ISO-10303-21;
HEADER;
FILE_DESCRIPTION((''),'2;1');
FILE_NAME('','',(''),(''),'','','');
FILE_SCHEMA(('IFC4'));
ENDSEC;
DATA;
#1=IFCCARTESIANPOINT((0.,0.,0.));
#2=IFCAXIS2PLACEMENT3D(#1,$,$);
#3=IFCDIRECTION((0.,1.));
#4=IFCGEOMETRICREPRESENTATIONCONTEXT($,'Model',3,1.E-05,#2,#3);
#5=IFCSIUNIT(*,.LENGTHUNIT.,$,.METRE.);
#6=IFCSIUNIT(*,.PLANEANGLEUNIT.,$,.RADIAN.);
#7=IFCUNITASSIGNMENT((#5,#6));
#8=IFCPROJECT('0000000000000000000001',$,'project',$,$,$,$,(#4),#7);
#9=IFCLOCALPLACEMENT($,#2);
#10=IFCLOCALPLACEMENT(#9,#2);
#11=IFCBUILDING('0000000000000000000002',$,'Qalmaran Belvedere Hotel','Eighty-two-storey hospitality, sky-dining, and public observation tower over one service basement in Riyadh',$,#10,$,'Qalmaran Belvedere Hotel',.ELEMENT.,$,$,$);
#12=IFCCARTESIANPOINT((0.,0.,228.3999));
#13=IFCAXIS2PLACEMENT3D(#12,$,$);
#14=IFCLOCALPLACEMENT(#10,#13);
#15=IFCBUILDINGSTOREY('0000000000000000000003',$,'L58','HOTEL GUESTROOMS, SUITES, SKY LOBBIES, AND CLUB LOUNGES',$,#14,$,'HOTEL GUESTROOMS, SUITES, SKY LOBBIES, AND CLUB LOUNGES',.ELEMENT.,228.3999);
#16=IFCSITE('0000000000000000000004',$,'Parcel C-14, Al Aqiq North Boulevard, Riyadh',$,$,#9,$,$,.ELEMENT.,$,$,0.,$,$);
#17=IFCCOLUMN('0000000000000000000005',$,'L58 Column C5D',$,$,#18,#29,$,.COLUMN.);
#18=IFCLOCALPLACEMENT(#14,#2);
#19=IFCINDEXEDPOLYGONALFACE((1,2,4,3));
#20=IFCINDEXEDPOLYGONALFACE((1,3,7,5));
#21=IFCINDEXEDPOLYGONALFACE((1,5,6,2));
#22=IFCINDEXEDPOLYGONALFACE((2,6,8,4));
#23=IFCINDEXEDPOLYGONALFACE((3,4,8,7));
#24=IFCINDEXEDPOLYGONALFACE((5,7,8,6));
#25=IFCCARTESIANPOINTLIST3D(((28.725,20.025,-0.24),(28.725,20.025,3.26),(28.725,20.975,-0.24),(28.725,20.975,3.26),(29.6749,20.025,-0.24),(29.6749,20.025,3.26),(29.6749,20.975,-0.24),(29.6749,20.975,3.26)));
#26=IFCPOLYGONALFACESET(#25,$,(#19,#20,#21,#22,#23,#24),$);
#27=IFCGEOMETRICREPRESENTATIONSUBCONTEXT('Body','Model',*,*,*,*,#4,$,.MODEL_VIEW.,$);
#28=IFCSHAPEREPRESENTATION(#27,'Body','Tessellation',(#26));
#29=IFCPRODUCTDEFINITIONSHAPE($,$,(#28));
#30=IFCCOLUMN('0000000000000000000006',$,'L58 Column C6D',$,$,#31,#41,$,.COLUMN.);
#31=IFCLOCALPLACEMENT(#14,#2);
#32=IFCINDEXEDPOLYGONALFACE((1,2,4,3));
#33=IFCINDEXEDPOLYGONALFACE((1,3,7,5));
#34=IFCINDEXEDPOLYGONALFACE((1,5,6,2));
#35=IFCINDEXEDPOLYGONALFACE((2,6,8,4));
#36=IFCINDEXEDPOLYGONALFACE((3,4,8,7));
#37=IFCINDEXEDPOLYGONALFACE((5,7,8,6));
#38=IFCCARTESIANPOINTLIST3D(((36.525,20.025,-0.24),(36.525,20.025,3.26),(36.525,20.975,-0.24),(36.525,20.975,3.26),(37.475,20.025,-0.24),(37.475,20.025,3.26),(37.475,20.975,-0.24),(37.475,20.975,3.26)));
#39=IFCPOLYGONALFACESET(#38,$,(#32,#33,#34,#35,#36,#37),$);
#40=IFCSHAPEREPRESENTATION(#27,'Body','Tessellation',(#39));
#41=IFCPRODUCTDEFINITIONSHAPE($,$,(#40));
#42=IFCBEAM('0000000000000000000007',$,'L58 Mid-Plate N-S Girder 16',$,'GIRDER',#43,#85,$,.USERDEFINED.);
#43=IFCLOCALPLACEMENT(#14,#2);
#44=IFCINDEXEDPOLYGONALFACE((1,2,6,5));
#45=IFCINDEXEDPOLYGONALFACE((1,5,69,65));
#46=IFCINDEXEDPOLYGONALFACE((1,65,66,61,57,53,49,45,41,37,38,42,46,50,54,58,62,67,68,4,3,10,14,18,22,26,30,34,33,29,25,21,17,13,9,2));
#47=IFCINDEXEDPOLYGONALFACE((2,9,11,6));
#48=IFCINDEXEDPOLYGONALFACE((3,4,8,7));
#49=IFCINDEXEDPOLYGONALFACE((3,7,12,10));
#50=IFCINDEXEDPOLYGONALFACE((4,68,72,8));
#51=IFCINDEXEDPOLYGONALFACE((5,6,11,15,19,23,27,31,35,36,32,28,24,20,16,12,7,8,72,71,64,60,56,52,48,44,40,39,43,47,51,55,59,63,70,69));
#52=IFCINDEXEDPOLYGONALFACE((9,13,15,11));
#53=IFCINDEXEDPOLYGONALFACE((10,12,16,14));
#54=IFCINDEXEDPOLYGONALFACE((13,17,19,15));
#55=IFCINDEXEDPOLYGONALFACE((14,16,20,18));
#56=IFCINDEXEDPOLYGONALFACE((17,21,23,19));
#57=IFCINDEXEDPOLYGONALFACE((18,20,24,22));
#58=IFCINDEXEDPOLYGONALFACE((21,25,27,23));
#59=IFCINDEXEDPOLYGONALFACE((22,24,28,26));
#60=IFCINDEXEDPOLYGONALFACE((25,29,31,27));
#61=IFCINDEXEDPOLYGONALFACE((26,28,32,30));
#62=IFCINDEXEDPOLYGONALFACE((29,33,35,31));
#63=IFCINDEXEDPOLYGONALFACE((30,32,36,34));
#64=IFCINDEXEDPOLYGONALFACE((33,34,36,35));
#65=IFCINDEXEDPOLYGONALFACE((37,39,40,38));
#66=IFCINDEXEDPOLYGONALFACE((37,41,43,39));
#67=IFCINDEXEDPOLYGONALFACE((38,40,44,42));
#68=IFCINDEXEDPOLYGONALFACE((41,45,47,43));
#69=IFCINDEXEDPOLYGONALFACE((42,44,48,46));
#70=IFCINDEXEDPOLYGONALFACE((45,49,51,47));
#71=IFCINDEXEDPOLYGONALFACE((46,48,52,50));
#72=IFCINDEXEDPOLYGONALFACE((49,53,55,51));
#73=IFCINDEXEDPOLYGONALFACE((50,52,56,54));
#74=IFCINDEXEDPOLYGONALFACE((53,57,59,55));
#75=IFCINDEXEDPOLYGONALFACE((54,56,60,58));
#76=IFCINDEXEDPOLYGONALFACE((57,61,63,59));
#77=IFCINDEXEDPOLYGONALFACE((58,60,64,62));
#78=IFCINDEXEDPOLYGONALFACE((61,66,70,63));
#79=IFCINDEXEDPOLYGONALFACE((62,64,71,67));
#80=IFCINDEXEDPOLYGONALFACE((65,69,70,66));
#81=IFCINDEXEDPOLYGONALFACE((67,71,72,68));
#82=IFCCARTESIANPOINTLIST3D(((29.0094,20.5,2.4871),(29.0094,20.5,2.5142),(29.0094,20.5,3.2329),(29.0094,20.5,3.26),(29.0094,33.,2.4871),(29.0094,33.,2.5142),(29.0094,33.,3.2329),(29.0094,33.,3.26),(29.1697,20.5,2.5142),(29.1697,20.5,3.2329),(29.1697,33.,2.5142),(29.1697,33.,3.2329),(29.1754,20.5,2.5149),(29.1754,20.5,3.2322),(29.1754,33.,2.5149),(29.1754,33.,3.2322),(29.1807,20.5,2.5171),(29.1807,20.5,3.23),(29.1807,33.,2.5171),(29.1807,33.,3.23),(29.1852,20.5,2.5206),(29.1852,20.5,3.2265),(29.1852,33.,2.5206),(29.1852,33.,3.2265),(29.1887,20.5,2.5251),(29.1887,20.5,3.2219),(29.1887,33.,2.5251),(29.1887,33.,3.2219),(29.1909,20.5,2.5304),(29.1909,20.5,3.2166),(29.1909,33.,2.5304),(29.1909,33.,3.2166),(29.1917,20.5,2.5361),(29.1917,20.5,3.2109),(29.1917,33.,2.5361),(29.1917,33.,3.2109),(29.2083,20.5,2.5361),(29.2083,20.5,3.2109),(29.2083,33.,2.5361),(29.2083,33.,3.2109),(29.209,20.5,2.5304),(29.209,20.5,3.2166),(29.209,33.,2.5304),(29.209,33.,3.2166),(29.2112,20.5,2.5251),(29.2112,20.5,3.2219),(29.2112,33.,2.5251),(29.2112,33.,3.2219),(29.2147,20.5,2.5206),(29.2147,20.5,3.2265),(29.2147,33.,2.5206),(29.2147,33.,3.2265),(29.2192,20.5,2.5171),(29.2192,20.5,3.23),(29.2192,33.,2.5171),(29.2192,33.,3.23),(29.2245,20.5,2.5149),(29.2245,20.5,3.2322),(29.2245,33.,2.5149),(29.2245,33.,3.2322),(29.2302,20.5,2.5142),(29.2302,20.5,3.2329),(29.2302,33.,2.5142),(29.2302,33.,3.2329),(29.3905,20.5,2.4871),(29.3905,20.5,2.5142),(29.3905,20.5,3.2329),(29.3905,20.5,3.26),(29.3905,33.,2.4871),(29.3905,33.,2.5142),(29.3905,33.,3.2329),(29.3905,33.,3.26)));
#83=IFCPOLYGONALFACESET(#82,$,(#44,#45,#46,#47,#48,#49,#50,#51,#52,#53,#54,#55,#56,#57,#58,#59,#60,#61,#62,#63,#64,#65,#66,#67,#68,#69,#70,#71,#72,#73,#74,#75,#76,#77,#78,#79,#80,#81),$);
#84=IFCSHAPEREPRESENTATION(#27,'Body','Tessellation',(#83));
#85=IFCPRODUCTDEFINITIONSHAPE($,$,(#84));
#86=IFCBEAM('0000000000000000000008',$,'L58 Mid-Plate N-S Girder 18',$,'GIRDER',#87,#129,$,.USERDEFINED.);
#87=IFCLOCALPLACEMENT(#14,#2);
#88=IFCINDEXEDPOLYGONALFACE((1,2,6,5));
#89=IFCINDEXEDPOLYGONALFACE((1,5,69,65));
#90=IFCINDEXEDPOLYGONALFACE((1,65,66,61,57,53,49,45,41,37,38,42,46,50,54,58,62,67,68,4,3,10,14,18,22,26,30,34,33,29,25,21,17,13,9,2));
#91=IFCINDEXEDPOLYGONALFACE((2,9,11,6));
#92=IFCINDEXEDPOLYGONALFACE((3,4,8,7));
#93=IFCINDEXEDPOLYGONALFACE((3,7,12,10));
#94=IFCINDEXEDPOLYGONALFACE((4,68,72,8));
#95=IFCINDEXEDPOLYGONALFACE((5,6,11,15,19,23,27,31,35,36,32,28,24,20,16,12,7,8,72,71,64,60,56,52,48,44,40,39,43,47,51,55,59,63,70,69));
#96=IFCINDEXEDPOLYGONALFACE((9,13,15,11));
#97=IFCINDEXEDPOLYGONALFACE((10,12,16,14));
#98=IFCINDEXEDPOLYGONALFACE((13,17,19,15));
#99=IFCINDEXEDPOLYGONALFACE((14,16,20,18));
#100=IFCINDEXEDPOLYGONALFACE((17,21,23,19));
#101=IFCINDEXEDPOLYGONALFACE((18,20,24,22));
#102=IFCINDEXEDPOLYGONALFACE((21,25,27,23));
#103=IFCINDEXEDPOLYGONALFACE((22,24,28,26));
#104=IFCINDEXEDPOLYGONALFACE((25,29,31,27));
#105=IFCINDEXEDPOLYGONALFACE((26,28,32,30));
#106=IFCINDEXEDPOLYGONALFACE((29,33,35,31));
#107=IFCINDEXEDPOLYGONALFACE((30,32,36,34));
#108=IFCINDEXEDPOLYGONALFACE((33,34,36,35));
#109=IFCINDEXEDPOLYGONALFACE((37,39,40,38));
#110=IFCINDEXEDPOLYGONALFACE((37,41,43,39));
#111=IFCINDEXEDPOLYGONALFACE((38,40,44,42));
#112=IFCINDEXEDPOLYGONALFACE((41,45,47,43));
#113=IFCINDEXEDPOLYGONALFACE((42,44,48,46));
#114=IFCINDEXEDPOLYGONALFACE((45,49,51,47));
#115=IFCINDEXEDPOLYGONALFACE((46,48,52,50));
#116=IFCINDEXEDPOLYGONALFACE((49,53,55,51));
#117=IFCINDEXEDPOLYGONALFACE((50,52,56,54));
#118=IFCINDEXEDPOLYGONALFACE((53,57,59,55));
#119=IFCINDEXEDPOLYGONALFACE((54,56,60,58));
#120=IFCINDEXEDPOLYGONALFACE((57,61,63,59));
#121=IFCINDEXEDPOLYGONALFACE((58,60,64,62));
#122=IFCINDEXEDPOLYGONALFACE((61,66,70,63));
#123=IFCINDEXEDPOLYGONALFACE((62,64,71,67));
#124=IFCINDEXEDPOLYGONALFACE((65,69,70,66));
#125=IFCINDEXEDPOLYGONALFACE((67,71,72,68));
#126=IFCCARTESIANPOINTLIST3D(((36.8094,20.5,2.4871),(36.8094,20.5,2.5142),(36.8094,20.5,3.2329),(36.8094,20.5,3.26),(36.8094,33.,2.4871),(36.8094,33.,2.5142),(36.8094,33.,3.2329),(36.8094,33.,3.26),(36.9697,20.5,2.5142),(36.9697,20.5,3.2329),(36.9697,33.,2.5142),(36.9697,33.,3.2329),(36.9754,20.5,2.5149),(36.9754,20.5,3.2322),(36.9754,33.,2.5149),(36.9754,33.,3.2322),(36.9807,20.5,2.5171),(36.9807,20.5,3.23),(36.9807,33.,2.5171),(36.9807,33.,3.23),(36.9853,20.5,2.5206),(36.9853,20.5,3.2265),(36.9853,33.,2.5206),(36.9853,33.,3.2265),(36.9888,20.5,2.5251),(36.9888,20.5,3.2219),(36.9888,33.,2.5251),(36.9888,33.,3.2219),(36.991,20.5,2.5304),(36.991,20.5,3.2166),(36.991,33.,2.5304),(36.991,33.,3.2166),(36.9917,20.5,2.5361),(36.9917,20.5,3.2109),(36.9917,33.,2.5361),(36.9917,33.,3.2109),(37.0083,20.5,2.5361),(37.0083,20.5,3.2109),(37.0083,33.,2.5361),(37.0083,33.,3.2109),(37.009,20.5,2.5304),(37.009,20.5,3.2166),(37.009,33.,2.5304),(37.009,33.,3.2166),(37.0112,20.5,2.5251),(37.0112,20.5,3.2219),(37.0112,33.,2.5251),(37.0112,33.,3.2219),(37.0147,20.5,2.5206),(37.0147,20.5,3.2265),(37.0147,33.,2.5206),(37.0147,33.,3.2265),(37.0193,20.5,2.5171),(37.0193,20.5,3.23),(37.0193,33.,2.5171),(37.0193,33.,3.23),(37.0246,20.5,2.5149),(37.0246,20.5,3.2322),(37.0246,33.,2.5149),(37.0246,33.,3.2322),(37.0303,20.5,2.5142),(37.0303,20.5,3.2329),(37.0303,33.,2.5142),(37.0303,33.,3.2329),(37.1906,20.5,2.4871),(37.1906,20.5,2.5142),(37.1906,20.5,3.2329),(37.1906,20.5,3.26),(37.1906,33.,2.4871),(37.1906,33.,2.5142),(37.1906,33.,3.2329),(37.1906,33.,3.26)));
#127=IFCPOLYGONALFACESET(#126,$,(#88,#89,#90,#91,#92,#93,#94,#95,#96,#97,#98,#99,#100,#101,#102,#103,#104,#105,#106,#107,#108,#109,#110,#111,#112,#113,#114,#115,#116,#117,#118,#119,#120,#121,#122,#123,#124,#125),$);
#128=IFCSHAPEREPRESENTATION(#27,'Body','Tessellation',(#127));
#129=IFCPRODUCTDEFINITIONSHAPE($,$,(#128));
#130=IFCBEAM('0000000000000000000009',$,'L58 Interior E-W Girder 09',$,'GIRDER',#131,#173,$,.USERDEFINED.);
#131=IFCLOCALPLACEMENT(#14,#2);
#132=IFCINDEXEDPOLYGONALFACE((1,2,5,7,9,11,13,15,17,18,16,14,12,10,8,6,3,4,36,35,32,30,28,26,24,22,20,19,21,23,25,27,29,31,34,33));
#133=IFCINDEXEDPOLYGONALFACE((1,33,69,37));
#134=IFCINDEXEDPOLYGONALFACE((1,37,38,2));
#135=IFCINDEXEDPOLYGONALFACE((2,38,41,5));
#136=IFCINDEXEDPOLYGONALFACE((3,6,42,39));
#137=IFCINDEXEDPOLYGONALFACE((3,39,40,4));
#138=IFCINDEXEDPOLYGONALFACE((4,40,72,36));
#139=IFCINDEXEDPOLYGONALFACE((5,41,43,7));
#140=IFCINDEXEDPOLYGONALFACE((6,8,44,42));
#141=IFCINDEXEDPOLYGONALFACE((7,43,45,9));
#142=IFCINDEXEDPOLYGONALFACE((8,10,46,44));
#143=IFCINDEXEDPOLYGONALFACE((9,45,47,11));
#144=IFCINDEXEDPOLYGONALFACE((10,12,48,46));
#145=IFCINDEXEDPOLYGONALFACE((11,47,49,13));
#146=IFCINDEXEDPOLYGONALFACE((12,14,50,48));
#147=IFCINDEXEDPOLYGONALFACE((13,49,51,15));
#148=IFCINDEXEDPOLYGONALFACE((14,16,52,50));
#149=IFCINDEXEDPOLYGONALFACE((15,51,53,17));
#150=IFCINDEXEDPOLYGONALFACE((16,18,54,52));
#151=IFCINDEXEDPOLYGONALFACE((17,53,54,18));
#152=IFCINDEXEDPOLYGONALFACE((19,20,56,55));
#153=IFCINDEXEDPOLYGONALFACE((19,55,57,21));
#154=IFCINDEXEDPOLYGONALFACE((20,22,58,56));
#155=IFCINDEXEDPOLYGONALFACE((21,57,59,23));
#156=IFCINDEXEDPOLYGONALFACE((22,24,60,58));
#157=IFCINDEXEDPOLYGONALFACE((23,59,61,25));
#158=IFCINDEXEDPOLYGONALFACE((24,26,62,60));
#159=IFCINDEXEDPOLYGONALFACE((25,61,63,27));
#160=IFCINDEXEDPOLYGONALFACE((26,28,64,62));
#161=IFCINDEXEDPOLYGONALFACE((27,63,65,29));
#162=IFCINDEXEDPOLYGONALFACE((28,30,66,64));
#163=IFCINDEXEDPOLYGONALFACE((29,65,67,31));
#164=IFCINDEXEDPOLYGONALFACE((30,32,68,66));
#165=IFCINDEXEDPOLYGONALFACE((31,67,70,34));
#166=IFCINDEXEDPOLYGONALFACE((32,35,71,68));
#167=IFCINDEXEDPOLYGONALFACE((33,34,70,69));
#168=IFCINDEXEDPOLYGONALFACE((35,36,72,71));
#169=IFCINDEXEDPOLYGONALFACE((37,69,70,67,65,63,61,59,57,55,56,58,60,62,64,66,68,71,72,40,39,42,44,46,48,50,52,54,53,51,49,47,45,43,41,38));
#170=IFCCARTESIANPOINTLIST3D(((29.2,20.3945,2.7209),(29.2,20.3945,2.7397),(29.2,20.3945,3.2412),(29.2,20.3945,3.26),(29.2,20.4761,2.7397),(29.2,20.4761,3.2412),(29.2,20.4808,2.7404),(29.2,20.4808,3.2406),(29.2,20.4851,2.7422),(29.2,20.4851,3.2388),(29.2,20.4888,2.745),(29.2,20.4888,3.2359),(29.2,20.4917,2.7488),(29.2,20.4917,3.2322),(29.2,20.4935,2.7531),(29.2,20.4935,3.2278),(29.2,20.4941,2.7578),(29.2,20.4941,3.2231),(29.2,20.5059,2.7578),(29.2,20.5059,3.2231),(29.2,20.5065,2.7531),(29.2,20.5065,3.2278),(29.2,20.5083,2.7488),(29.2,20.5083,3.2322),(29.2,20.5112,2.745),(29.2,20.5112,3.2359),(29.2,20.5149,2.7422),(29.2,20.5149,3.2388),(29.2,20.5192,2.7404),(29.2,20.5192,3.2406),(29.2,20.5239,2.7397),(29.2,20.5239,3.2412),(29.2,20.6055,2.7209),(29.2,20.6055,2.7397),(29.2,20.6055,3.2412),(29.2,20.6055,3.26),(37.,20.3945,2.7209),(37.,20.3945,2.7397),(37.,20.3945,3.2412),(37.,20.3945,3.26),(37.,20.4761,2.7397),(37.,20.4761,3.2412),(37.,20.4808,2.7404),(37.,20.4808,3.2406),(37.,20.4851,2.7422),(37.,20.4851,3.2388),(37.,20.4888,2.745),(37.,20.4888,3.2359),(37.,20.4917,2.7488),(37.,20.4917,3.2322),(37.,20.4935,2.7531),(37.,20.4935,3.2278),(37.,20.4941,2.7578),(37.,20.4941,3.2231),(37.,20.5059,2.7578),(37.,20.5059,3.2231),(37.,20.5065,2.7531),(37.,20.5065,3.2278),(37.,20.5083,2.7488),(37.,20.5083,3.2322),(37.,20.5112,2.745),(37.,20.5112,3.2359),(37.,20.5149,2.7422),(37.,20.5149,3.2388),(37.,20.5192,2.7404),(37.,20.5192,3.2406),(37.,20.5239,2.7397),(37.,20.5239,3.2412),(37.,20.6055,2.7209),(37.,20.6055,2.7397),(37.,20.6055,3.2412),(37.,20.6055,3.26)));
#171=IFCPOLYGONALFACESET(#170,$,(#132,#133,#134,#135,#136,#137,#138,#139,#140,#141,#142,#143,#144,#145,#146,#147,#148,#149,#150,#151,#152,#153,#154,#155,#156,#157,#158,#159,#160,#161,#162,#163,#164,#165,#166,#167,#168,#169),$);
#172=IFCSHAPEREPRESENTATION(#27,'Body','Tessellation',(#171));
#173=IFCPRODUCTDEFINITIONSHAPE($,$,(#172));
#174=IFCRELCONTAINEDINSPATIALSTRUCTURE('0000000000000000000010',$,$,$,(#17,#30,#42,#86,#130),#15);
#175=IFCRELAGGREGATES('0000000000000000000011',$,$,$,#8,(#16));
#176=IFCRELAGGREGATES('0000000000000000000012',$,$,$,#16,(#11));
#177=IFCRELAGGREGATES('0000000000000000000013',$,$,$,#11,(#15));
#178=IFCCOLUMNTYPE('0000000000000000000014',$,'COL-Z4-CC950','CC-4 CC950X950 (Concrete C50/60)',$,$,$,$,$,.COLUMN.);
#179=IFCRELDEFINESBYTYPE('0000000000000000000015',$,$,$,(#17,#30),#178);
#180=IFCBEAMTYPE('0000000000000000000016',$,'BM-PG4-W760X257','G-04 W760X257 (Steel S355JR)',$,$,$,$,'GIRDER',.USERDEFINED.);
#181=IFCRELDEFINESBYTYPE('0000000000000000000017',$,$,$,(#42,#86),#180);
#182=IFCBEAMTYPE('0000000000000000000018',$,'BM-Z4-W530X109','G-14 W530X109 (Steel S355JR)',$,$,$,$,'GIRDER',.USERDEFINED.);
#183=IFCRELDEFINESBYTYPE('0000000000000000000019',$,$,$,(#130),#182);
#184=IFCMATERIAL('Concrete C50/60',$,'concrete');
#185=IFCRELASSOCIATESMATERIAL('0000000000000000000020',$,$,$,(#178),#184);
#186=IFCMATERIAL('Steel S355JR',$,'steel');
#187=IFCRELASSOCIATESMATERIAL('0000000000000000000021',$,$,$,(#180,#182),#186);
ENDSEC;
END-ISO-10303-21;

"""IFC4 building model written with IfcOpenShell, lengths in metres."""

from ifc_helpers import new_model, si_unit, direction, frame, origin, origin_2d, place, context, subcontext, project, spatial, rectangle, i_section, extrude, material, material_profile, profile_set, type_object, element, save


model = new_model("IFC4")

# Units and contexts
model_context = context("Model", 3, precision=1e-05, world=origin(), true_north=direction((0.0, 1.0)))
body_context = subcontext(model_context, "Body", "Model", "MODEL_VIEW")
ifc_project = project(units=[si_unit("LENGTHUNIT", "METRE"), si_unit("PLANEANGLEUNIT", "RADIAN")], contexts=[model_context])

# Site, building, storey
site_placement = place(None, origin())
site = spatial("IfcSite", under=ifc_project, at=site_placement, Name="Parcel C-14, Al Aqiq North Boulevard, Riyadh", CompositionType="ELEMENT", RefElevation=0.0)
building_placement = place(site_placement, origin())
building = spatial("IfcBuilding", under=site, at=building_placement, Name="Qalmaran Belvedere Hotel", Description="Eighty-two-storey hospitality, sky-dining, and public observation tower over one service basement in Riyadh", LongName="Qalmaran Belvedere Hotel", CompositionType="ELEMENT")
storey_placement = place(building_placement, frame((0.0, 0.0, 228.3999)))
storey = spatial("IfcBuildingStorey", under=building, at=storey_placement, Name="L58", Description="HOTEL GUESTROOMS, SUITES, SKY LOBBIES, AND CLUB LOUNGES", LongName="HOTEL GUESTROOMS, SUITES, SKY LOBBIES, AND CLUB LOUNGES", CompositionType="ELEMENT", Elevation=228.3999)

# Columns
ifc_material_1 = material(Name="Concrete C50/60", Category="concrete")
ifc_material_profile_1 = material_profile(ifc_material_1, rectangle(XDim=0.95, YDim=0.95, at=origin_2d()), Name="CC950X950")
ifc_profile_set_1 = profile_set([ifc_material_profile_1], Name="Concrete C50/60")
column_type = type_object("IfcColumnType", Name="COL-Z4-CC950", Description="CC-4 CC950X950 (Concrete C50/60)", PredefinedType="COLUMN", material=ifc_profile_set_1)
for number, where, z_axis, x_axis, name in (
    (1, (29.2, 20.5, -0.24), (0.0, 0.0, 1.0), (1.0, 0.0, 0.0), "L58 Column C5D"),
    (2, (37.0, 20.5, -0.24), (0.0, 0.0, 1.0), (1.0, 0.0, 0.0), "L58 Column C6D"),
):
    element("IfcColumn", number, at=place(storey_placement, frame(where, z_axis=z_axis, x_axis=x_axis)), inside=storey, type_object=column_type, Name=name, PredefinedType="COLUMN", context=body_context, shape_type="SweptSolid", body=[
        extrude(rectangle(XDim=0.95, YDim=0.95, at=origin_2d()), origin(), (0.0, 0.0, 1.0), 3.5),
    ])

# Beams
ifc_material_2 = material(Name="Steel S355JR", Category="steel")
ifc_material_profile_2 = material_profile(ifc_material_2, i_section(OverallWidth=0.3811, OverallDepth=0.7729, WebThickness=0.0166, FlangeThickness=0.0271, FilletRadius=0.022, at=origin_2d()), Name="W760X257")
ifc_profile_set_2 = profile_set([ifc_material_profile_2], Name="Steel S355JR")
beam_type_1 = type_object("IfcBeamType", Name="BM-PG4-W760X257", Description="G-04 W760X257 (Steel S355JR)", ElementType="GIRDER", PredefinedType="USERDEFINED", material=ifc_profile_set_2)
for number, where, z_axis, x_axis, name in (
    (3, (29.2, 20.5, 2.8735), (0.0, 1.0, 0.0), (-1.0, 0.0, 0.0), "L58 Mid-Plate N-S Girder 16"),
    (4, (37.0, 20.5, 2.8735), (0.0, 1.0, 0.0), (-1.0, 0.0, 0.0), "L58 Mid-Plate N-S Girder 18"),
):
    element("IfcBeam", number, at=place(storey_placement, frame(where, z_axis=z_axis, x_axis=x_axis)), inside=storey, type_object=beam_type_1, Name=name, ObjectType="GIRDER", PredefinedType="USERDEFINED", context=body_context, shape_type="SweptSolid", body=[
        extrude(i_section(OverallWidth=0.3811, OverallDepth=0.7729, WebThickness=0.0166, FlangeThickness=0.0271, FilletRadius=0.022, at=origin_2d()), origin(), (0.0, 0.0, 1.0), 12.5),
    ])
ifc_material_profile_3 = material_profile(ifc_material_2, i_section(OverallWidth=0.2109, OverallDepth=0.5391, WebThickness=0.0117, FlangeThickness=0.0188, FilletRadius=0.0181, at=origin_2d()), Name="W530X109")
ifc_profile_set_3 = profile_set([ifc_material_profile_3], Name="Steel S355JR")
beam_type_2 = type_object("IfcBeamType", Name="BM-Z4-W530X109", Description="G-14 W530X109 (Steel S355JR)", ElementType="GIRDER", PredefinedType="USERDEFINED", material=ifc_profile_set_3)
for number, where, z_axis, x_axis, name in (
    (5, (29.2, 20.5, 2.9905), (1.0, 0.0, 0.0), (0.0, 1.0, 0.0), "L58 Interior E-W Girder 09"),
):
    element("IfcBeam", number, at=place(storey_placement, frame(where, z_axis=z_axis, x_axis=x_axis)), inside=storey, type_object=beam_type_2, Name=name, ObjectType="GIRDER", PredefinedType="USERDEFINED", context=body_context, shape_type="SweptSolid", body=[
        extrude(i_section(OverallWidth=0.2109, OverallDepth=0.5391, WebThickness=0.0117, FlangeThickness=0.0188, FilletRadius=0.0181, at=origin_2d()), origin(), (0.0, 0.0, 1.0), 7.8),
    ])

save(model, "model.ifc")
